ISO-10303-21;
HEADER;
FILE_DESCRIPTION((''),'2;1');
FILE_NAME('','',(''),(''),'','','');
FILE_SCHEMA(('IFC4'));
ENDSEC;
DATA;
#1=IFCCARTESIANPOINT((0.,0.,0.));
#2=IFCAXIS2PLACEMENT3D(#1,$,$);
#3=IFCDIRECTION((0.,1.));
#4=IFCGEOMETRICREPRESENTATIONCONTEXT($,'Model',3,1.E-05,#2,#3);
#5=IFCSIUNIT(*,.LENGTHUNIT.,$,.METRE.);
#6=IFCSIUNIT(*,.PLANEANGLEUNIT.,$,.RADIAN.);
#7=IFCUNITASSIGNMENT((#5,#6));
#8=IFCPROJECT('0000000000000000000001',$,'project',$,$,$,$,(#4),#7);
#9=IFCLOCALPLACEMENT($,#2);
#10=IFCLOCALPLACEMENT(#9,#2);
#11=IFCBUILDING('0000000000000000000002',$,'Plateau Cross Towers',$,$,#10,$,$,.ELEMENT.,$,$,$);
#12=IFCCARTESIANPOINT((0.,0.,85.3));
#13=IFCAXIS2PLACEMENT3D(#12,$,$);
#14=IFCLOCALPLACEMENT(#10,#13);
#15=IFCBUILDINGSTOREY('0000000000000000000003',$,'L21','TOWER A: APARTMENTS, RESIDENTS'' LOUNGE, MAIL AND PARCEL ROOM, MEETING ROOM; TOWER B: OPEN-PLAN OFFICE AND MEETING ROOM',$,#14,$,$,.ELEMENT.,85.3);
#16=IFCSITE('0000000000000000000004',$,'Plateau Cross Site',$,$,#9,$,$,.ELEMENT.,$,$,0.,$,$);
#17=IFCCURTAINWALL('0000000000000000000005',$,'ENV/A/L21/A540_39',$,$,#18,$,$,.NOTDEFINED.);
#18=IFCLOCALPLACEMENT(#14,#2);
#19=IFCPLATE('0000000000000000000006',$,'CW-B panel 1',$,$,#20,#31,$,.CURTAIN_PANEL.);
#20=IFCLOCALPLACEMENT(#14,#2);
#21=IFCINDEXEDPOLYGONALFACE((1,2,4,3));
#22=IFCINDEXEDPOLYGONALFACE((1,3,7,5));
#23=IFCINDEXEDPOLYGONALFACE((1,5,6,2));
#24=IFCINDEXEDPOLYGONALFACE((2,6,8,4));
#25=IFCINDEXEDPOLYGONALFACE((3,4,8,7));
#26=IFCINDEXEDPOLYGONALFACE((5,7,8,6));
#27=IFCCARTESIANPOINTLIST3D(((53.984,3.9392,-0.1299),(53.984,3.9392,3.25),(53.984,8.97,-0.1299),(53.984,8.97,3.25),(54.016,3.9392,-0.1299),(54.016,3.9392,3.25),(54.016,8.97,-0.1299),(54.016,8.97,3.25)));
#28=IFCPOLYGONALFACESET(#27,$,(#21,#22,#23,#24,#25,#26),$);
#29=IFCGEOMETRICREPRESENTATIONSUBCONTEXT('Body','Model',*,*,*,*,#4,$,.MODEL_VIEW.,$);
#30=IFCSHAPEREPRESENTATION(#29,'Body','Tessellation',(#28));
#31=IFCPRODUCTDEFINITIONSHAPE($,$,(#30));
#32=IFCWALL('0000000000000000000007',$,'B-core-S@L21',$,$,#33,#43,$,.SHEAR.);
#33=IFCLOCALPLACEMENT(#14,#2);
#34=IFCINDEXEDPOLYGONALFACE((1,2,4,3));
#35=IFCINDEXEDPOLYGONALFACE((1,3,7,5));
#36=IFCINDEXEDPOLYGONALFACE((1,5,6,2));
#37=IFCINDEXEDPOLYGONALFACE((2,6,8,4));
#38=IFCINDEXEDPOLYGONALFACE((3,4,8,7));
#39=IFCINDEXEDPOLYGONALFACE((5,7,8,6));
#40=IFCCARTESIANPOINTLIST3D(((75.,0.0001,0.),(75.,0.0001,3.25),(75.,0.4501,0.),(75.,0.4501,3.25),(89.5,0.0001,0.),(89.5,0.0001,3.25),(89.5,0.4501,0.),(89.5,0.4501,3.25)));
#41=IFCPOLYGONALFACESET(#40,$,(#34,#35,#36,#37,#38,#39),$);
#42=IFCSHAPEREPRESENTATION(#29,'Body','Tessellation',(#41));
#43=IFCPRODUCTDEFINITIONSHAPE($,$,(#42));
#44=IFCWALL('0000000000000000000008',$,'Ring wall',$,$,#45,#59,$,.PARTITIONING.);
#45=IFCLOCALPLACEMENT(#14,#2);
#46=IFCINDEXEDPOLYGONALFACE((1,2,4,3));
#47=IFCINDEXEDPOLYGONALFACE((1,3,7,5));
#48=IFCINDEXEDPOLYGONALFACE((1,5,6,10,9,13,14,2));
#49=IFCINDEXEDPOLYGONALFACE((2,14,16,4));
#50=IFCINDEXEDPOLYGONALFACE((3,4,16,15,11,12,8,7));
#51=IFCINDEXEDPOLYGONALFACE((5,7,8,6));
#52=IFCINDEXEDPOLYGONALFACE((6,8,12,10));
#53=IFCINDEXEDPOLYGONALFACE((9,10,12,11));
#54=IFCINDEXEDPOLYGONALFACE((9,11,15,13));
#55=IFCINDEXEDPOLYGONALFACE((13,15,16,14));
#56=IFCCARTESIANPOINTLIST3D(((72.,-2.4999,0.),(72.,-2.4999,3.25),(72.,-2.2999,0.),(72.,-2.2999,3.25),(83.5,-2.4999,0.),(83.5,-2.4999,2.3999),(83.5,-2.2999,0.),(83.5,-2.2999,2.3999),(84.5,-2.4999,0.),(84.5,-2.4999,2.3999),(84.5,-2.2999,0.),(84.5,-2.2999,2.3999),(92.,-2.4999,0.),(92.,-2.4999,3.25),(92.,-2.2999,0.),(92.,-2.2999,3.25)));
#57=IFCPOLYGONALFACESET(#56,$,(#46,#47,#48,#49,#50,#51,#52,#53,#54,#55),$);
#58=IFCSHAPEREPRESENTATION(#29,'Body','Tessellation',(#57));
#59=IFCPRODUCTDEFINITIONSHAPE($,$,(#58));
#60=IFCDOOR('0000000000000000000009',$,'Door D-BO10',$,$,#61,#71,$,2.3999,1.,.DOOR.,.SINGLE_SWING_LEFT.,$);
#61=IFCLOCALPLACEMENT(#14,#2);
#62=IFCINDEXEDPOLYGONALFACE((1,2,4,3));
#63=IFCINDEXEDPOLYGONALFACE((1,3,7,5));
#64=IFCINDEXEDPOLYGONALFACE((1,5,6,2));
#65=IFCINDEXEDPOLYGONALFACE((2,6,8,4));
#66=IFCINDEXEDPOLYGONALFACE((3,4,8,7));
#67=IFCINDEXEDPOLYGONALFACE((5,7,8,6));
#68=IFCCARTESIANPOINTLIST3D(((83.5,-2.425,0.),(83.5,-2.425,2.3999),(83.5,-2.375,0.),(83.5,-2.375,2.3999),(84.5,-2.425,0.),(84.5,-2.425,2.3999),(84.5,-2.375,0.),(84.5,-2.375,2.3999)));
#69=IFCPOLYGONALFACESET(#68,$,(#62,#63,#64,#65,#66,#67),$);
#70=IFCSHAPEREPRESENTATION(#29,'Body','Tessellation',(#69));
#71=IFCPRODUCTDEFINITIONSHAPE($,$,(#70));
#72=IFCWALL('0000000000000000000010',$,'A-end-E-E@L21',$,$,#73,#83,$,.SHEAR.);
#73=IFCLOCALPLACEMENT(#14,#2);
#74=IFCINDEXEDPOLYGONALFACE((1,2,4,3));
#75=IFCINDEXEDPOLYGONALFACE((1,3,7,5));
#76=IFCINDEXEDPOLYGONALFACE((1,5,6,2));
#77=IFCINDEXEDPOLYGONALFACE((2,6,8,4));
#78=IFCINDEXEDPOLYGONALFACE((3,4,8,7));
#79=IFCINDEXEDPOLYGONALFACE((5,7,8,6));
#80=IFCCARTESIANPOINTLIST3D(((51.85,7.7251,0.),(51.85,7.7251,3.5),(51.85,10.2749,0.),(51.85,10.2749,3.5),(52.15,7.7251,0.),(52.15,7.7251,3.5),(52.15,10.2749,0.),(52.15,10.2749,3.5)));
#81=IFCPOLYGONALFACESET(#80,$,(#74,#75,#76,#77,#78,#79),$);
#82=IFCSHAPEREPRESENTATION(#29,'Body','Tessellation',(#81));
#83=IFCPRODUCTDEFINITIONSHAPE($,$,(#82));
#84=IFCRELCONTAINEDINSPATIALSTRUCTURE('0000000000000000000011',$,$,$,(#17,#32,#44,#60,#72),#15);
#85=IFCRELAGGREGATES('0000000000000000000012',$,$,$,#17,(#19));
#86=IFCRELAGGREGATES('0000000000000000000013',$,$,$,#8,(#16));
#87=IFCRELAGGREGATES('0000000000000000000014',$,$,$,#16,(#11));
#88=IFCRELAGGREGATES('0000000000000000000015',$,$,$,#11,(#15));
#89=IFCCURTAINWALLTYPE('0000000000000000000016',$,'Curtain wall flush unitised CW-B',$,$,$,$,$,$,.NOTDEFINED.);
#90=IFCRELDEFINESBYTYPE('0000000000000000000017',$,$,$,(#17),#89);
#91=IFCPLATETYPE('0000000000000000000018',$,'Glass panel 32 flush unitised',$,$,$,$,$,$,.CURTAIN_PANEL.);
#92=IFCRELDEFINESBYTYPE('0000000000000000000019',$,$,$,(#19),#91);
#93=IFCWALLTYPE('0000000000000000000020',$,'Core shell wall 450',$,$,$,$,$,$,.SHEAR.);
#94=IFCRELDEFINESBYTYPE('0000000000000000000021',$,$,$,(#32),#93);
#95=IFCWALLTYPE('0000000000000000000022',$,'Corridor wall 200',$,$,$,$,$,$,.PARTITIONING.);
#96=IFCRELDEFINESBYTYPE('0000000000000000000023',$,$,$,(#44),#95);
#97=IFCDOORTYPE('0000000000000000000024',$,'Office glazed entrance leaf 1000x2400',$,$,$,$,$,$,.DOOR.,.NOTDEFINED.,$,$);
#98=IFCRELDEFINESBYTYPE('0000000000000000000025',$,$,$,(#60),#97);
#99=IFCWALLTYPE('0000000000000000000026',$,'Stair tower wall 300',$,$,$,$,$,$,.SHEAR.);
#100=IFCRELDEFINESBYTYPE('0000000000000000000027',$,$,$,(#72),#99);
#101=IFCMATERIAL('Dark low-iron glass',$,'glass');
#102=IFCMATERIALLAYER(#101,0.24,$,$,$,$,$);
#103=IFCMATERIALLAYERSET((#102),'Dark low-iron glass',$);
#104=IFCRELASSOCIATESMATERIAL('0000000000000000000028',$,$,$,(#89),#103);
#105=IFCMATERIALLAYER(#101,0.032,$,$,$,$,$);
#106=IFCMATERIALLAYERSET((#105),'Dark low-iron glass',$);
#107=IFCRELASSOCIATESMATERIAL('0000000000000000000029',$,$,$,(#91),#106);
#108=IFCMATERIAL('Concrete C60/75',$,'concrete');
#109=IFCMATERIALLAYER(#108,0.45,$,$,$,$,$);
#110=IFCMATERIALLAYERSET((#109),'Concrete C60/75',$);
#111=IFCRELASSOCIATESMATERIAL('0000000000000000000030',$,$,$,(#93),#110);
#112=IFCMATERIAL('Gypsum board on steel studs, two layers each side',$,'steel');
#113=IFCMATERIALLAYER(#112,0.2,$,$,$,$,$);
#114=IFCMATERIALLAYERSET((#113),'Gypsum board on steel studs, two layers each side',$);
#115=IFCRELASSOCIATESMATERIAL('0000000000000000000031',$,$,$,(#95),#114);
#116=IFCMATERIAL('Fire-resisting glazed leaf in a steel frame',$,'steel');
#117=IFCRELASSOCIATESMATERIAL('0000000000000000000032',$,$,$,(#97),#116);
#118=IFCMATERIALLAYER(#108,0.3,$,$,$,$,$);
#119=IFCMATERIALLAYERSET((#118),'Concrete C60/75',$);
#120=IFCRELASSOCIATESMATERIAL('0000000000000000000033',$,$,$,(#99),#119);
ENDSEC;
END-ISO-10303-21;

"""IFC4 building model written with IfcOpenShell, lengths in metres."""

from ifc_helpers import new_model, si_unit, direction, frame, frame_2d, origin, origin_2d, place, context, subcontext, project, spatial, rectangle, extrude, material, layer, layer_set, type_object, element, fill, aggregate, save


model = new_model("IFC4")

# Units and contexts
model_context = context("Model", 3, precision=1e-05, world=origin(), true_north=direction((0.0, 1.0)))
body_context = subcontext(model_context, "Body", "Model", "MODEL_VIEW")
ifc_project = project(units=[si_unit("LENGTHUNIT", "METRE"), si_unit("PLANEANGLEUNIT", "RADIAN")], contexts=[model_context])

# Site, building, storey
site_placement = place(None, origin())
site = spatial("IfcSite", under=ifc_project, at=site_placement, Name="Plateau Cross Site", CompositionType="ELEMENT", RefElevation=0.0)
building_placement = place(site_placement, origin())
building = spatial("IfcBuilding", under=site, at=building_placement, Name="Plateau Cross Towers", CompositionType="ELEMENT")
storey_placement = place(building_placement, frame((0.0, 0.0, 85.3)))
storey = spatial("IfcBuildingStorey", under=building, at=storey_placement, Name="L21", Description="TOWER A: APARTMENTS, RESIDENTS' LOUNGE, MAIL AND PARCEL ROOM, MEETING ROOM; TOWER B: OPEN-PLAN OFFICE AND MEETING ROOM", CompositionType="ELEMENT", Elevation=85.3)

# Shared definitions
ifc_material_1 = material(Name="Concrete C60/75", Category="concrete")

# Shared definitions
ifc_material_2 = material(Name="Dark low-iron glass", Category="glass")
ifc_layer_1 = layer(ifc_material_2, 0.24)
ifc_layer_set_1 = layer_set([ifc_layer_1], Name="Dark low-iron glass")
curtain_wall_type_1 = type_object("IfcCurtainWallType", Name="Curtain wall flush unitised CW-B", PredefinedType="NOTDEFINED", material=ifc_layer_set_1)

# Curtain wall
curtain_wall_1_placement = place(storey_placement, origin())
curtain_wall_1 = element("IfcCurtainWall", 1, at=curtain_wall_1_placement, inside=storey, type_object=curtain_wall_type_1, Name="ENV/A/L21/A540_39", PredefinedType="NOTDEFINED")

# Plate
ifc_layer_2 = layer(ifc_material_2, 0.032)
ifc_layer_set_2 = layer_set([ifc_layer_2], Name="Dark low-iron glass")
plate_type_1 = type_object("IfcPlateType", Name="Glass panel 32 flush unitised", PredefinedType="CURTAIN_PANEL", material=ifc_layer_set_2)
plate_1_placement = place(storey_placement, frame((54.0, 6.4546, -0.1299), z_axis=(0.0, 0.0, 1.0), x_axis=(0.0, 1.0, 0.0)))
plate_1 = element("IfcPlate", 2, at=plate_1_placement, type_object=plate_type_1, Name="CW-B panel 1", PredefinedType="CURTAIN_PANEL", context=body_context, shape_type="SweptSolid", body=[
    extrude(rectangle(XDim=5.0308, YDim=0.032, at=origin_2d()), origin(), (0.0, 0.0, 1.0), 3.3799),
])
aggregate(curtain_wall_1, [plate_1])

# Wall
ifc_layer_3 = layer(ifc_material_1, 0.45)
ifc_layer_set_3 = layer_set([ifc_layer_3], Name="Concrete C60/75")
wall_type_1 = type_object("IfcWallType", Name="Core shell wall 450", PredefinedType="SHEAR", material=ifc_layer_set_3)
wall_1_placement = place(storey_placement, frame((75.0, 0.2251, 0.0), z_axis=(0.0, 0.0, 1.0), x_axis=(1.0, 0.0, 0.0)))
element("IfcWall", 3, at=wall_1_placement, inside=storey, type_object=wall_type_1, Name="B-core-S@L21", PredefinedType="SHEAR", context=body_context, shape_type="SweptSolid", body=[
    extrude(rectangle(XDim=14.5, YDim=0.45, at=frame_2d((7.25, 0.0))), origin(), (0.0, 0.0, 1.0), 3.25),
])

# Wall, opening, door
ifc_material_3 = material(Name="Gypsum board on steel studs, two layers each side", Category="steel")
ifc_layer_4 = layer(ifc_material_3, 0.2)
ifc_layer_set_4 = layer_set([ifc_layer_4], Name="Gypsum board on steel studs, two layers each side")
wall_type_2 = type_object("IfcWallType", Name="Corridor wall 200", PredefinedType="PARTITIONING", material=ifc_layer_set_4)
wall_2_placement = place(storey_placement, frame((72.0, -2.3999, 0.0), z_axis=(0.0, 0.0, 1.0), x_axis=(1.0, 0.0, 0.0)))
wall_2 = element("IfcWall", 4, at=wall_2_placement, inside=storey, type_object=wall_type_2, Name="Ring wall", PredefinedType="PARTITIONING", context=body_context, shape_type="SweptSolid", body=[
    extrude(rectangle(XDim=20.0, YDim=0.2, at=frame_2d((10.0, 0.0))), origin(), (0.0, 0.0, 1.0), 3.25),
])
opening_placement = place(wall_2_placement, frame((11.5, 0.0, 0.0)))
opening = element("IfcOpeningElement", 5, at=opening_placement, cuts=wall_2, PredefinedType="OPENING", context=body_context, shape_type="SweptSolid", body=[
    extrude(rectangle(XDim=1.0, YDim=2.3999, at=frame_2d((0.5, 1.2))), frame((0.0, 0.1099, 0.0), z_axis=(0.0, -1.0, 0.0), x_axis=(1.0, 0.0, 0.0)), (0.0, 0.0, 1.0), 0.22),
])
ifc_material_4 = material(Name="Fire-resisting glazed leaf in a steel frame", Category="steel")
door_type = type_object("IfcDoorType", Name="Office glazed entrance leaf 1000x2400", OperationType="NOTDEFINED", PredefinedType="DOOR", material=ifc_material_4)
door_placement = place(opening_placement, origin())
door = element("IfcDoor", 6, at=door_placement, inside=storey, type_object=door_type, Name="Door D-BO10", OperationType="SINGLE_SWING_LEFT", OverallHeight=2.3999, OverallWidth=1.0, PredefinedType="DOOR", context=body_context, shape_type="SweptSolid", body=[
    extrude(rectangle(XDim=1.0, YDim=2.3999, at=frame_2d((0.5, 1.2))), frame((0.0, 0.0249, 0.0), z_axis=(0.0, -1.0, 0.0), x_axis=(1.0, 0.0, 0.0)), (0.0, 0.0, 1.0), 0.05),
])
fill(opening, door)

# Wall
ifc_layer_5 = layer(ifc_material_1, 0.3)
ifc_layer_set_5 = layer_set([ifc_layer_5], Name="Concrete C60/75")
wall_type_3 = type_object("IfcWallType", Name="Stair tower wall 300", PredefinedType="SHEAR", material=ifc_layer_set_5)
wall_3_placement = place(storey_placement, frame((52.0, 7.7251, 0.0), z_axis=(0.0, 0.0, 1.0), x_axis=(0.0, 1.0, 0.0)))
element("IfcWall", 7, at=wall_3_placement, inside=storey, type_object=wall_type_3, Name="A-end-E-E@L21", PredefinedType="SHEAR", context=body_context, shape_type="SweptSolid", body=[
    extrude(rectangle(XDim=2.5498, YDim=0.3, at=frame_2d((1.2749, 0.0))), origin(), (0.0, 0.0, 1.0), 3.5),
])

save(model, "model.ifc")
